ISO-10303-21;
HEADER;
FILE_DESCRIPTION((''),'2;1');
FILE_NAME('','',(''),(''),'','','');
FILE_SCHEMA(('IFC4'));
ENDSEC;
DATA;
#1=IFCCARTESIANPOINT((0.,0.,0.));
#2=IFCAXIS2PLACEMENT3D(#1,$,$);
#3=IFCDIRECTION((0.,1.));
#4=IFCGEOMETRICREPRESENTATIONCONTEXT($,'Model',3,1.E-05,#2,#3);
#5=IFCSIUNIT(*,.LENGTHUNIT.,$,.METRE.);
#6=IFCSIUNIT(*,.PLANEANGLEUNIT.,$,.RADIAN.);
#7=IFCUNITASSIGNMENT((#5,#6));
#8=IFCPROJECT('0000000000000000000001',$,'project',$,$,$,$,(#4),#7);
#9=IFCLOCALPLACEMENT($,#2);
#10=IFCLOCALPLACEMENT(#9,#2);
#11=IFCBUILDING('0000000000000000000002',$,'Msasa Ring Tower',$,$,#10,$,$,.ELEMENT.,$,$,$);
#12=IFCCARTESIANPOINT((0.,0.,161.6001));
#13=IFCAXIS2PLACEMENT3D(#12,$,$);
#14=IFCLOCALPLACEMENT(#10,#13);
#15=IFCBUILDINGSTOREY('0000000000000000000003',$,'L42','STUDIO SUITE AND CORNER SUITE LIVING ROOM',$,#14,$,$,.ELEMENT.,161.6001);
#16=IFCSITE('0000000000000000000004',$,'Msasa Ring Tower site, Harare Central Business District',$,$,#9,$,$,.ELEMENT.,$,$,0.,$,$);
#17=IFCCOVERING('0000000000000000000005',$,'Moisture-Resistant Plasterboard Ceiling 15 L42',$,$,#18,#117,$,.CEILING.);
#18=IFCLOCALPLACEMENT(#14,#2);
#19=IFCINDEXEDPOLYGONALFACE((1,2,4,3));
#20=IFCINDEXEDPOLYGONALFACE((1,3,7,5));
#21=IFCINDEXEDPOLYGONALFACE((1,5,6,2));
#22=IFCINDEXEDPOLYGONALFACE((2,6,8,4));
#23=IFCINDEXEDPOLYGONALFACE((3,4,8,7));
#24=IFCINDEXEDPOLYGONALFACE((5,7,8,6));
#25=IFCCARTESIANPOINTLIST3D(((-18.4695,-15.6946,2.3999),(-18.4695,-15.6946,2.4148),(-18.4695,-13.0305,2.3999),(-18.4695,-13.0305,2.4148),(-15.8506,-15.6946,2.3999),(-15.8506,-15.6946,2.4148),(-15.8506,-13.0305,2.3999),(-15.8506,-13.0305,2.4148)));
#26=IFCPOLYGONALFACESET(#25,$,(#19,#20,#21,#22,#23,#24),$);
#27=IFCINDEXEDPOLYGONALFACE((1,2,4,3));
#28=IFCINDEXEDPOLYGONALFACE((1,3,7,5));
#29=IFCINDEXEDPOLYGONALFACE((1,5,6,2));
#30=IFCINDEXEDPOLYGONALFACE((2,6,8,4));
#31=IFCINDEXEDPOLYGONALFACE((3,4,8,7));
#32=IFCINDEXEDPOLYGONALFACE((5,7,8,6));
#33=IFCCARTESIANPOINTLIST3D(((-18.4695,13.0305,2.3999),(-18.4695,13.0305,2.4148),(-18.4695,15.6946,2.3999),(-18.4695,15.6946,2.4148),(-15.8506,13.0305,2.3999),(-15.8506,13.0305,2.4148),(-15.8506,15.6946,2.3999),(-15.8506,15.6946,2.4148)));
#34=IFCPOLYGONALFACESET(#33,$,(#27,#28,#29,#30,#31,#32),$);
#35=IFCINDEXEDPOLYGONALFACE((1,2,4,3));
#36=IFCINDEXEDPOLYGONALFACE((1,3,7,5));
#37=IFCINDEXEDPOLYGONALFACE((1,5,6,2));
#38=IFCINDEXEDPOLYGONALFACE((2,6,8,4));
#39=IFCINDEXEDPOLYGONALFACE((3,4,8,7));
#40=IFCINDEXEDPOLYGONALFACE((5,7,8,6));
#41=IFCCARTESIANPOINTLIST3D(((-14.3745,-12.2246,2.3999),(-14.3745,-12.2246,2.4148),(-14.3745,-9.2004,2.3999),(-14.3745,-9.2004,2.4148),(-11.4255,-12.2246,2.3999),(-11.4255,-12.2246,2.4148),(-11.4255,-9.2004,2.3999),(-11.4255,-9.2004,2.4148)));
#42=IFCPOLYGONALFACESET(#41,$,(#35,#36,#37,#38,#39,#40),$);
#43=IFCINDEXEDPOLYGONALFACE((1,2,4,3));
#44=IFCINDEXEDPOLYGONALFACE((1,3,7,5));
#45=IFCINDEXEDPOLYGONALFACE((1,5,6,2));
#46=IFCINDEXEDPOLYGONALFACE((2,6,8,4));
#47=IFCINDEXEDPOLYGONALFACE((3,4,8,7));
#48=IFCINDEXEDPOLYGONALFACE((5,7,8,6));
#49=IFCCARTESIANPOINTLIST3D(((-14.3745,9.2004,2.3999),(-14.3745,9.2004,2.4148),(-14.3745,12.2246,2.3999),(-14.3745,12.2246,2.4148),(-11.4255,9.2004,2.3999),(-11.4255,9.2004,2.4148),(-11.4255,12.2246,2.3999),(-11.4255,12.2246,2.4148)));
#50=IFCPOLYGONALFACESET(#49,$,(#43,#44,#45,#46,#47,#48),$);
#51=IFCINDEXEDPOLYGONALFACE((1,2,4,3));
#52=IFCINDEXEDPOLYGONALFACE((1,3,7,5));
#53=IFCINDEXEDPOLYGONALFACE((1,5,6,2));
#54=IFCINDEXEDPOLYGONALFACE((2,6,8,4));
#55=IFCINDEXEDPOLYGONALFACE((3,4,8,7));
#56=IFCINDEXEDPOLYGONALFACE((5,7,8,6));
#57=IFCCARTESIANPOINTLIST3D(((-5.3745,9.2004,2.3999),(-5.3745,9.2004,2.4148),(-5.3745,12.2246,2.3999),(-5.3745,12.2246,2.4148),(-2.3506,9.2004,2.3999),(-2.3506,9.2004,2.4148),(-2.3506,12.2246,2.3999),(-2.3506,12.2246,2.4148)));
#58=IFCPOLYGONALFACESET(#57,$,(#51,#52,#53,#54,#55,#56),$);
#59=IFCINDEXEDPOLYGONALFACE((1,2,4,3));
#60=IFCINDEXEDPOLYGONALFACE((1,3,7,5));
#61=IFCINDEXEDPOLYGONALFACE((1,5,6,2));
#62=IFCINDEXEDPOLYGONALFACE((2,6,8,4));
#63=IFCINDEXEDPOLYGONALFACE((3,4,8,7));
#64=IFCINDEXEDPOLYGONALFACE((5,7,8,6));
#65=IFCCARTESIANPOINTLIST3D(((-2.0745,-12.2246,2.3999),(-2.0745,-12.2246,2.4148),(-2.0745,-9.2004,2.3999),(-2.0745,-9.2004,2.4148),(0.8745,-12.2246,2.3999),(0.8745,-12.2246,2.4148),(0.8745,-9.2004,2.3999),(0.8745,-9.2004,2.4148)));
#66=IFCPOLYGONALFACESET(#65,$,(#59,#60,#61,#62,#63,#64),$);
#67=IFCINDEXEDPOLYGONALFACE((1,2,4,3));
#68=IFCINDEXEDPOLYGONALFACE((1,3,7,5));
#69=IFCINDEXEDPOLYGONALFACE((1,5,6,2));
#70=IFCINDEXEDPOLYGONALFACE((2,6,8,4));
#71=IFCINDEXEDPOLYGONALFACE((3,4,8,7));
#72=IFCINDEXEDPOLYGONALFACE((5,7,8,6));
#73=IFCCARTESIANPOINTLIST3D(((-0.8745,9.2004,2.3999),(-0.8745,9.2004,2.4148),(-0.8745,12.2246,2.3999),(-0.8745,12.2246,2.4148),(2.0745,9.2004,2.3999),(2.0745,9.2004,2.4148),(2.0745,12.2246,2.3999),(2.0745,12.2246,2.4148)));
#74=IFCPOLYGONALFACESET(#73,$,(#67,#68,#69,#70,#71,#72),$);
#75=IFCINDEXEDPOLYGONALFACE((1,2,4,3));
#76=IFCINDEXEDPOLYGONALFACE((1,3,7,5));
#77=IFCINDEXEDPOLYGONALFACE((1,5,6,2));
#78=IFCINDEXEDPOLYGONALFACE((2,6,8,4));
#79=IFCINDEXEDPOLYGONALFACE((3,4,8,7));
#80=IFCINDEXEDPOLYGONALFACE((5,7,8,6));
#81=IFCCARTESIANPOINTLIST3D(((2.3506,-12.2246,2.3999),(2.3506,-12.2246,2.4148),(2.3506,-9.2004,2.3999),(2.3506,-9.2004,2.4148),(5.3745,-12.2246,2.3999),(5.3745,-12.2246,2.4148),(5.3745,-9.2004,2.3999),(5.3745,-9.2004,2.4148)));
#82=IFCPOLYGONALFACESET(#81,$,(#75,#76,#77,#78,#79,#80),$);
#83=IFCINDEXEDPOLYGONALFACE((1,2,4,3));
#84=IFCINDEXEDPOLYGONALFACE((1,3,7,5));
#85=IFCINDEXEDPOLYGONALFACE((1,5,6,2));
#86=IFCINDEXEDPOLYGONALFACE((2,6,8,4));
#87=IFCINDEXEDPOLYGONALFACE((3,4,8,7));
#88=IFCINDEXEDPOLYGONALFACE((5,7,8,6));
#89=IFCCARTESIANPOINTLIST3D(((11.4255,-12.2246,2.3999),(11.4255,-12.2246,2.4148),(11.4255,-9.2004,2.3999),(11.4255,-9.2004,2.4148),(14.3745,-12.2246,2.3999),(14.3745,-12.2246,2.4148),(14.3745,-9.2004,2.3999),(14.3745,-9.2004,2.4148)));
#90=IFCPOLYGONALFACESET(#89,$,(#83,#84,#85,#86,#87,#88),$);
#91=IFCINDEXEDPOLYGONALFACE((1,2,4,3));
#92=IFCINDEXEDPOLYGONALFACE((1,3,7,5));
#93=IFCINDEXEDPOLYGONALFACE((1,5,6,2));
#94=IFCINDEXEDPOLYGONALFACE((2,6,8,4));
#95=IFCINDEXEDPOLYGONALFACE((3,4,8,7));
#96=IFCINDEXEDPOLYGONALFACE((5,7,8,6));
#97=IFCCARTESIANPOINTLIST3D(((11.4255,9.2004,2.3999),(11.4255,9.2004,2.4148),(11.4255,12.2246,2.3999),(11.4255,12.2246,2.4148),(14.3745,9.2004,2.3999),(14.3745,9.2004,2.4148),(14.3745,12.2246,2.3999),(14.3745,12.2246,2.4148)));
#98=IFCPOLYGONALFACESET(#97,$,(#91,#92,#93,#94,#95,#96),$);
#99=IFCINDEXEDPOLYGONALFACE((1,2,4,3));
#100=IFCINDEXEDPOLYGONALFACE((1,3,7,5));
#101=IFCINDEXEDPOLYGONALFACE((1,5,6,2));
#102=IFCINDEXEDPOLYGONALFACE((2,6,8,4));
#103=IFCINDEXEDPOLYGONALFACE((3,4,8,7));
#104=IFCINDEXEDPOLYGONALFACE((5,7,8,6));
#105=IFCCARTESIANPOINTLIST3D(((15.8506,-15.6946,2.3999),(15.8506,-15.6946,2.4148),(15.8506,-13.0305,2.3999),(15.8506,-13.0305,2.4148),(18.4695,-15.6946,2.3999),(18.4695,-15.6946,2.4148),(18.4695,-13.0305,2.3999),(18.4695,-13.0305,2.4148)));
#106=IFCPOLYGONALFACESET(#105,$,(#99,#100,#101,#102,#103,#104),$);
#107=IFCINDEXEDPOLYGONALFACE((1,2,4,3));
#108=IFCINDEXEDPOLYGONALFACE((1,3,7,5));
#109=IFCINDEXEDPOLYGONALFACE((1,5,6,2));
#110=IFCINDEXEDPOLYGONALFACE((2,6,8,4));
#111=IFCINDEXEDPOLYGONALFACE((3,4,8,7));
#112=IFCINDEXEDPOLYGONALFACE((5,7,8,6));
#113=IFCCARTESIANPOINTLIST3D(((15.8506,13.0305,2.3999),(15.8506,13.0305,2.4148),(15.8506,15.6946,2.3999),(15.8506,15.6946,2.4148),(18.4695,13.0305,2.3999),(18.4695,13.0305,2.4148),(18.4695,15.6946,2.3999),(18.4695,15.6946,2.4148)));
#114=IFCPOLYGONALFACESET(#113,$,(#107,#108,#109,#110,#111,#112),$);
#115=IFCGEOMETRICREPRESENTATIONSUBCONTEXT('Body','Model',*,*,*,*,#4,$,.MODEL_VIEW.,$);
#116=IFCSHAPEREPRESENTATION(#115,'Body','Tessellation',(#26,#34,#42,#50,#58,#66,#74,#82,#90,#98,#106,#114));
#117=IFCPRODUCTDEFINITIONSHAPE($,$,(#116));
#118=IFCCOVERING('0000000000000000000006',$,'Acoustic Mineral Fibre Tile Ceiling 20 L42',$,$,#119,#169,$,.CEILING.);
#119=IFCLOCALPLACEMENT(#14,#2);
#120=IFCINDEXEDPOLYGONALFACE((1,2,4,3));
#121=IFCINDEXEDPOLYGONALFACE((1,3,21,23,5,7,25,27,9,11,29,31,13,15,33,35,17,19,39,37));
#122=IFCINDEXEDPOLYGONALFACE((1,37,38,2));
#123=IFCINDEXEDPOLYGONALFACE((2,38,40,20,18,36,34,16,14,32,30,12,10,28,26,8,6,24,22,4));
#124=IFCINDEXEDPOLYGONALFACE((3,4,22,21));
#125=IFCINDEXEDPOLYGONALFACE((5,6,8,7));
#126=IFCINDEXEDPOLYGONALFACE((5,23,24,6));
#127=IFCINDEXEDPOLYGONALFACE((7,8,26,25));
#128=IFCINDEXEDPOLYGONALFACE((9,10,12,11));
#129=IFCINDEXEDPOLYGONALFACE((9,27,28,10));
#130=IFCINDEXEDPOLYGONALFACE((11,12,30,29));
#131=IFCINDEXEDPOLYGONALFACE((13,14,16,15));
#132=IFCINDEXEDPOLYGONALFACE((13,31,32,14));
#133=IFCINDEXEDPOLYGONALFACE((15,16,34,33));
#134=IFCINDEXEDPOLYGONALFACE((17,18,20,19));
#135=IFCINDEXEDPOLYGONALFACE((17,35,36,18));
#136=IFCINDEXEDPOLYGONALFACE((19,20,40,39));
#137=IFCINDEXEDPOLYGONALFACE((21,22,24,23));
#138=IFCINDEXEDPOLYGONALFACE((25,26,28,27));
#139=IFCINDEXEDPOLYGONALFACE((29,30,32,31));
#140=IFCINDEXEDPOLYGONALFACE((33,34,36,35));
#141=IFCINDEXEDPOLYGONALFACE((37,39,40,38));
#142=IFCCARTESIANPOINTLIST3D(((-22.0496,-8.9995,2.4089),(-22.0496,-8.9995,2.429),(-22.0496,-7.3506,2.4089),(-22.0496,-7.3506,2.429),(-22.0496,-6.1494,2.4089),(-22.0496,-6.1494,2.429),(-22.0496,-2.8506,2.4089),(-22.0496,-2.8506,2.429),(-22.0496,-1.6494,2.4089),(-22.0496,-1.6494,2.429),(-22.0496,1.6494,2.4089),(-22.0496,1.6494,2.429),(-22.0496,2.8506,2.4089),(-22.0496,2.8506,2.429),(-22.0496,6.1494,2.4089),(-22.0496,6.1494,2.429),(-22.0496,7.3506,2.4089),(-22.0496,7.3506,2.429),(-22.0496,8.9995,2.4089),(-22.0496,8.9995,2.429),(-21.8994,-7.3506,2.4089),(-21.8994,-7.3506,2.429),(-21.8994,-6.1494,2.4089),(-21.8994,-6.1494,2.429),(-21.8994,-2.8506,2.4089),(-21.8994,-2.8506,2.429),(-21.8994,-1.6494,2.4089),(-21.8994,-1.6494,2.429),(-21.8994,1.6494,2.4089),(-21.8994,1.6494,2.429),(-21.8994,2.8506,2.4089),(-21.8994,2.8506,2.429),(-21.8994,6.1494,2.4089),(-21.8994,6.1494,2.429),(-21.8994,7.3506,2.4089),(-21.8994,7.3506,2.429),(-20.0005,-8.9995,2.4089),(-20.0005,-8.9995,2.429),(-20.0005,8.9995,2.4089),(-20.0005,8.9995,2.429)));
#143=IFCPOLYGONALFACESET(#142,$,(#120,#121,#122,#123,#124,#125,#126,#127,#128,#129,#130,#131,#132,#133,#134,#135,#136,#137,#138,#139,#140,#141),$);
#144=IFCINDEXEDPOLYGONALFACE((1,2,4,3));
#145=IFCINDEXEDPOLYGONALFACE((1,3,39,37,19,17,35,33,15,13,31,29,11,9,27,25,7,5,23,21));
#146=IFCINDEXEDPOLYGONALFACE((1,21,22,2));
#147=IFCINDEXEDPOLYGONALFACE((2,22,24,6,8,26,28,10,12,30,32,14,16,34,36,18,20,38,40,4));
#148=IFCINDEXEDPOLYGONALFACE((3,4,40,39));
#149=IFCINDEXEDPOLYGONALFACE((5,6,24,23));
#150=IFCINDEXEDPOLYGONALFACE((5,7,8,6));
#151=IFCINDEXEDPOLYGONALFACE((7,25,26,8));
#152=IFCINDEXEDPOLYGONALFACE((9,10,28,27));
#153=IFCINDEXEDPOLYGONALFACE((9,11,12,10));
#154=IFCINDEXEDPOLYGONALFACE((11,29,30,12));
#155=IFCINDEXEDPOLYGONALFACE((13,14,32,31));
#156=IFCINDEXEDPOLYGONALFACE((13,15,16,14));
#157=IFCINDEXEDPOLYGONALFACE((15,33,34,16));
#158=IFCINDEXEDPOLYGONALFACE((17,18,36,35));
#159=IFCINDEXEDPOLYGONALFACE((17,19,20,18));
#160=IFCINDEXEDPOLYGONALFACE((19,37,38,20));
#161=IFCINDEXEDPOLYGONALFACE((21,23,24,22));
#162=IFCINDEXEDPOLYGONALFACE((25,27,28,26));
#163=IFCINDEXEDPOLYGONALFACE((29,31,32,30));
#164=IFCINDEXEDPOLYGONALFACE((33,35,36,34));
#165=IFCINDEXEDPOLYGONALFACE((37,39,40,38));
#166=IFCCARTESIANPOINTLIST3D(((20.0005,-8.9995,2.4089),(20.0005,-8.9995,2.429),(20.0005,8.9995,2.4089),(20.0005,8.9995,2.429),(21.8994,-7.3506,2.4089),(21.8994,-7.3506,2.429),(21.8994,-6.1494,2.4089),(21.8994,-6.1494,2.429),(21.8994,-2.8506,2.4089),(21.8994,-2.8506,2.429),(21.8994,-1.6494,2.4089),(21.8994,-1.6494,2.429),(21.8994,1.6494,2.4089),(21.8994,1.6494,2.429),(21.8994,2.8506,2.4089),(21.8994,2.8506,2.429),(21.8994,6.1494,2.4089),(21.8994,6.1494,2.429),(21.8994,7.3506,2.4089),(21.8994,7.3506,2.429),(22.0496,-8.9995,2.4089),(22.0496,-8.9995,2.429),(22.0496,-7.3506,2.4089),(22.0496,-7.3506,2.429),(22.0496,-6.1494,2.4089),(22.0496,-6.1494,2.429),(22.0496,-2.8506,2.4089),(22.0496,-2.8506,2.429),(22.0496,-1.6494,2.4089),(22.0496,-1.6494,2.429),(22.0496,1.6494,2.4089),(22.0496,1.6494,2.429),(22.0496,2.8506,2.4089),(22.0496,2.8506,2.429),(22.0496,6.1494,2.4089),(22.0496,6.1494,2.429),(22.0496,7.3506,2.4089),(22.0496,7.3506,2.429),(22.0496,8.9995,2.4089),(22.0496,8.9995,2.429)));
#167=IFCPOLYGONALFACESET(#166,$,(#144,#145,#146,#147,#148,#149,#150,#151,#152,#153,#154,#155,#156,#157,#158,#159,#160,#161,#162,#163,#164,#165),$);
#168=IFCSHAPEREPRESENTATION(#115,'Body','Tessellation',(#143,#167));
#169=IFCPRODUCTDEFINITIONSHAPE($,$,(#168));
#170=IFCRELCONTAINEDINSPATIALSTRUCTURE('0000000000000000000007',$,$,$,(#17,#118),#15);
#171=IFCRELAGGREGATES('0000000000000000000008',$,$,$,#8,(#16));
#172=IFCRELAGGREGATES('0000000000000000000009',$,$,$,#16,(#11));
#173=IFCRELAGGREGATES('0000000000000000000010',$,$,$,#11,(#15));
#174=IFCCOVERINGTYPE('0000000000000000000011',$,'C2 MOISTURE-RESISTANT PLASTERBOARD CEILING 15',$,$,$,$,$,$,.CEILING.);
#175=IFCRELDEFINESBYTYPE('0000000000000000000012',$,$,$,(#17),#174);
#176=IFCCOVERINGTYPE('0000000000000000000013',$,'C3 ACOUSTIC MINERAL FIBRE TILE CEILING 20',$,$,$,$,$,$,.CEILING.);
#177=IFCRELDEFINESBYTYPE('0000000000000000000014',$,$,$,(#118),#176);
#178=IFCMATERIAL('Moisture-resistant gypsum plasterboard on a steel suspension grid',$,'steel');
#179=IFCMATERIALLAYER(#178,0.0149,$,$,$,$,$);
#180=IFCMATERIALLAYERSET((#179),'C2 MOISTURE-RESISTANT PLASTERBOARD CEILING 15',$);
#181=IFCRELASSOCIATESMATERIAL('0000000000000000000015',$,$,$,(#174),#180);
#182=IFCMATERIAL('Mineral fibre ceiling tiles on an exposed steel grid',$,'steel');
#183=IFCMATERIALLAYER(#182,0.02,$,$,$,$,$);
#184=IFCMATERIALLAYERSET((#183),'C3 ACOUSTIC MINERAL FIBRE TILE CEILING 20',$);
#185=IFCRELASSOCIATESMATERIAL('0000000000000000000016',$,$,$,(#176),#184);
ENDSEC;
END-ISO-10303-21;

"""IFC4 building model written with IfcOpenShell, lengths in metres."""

from ifc_helpers import new_model, si_unit, direction, frame, origin, place, context, subcontext, project, spatial, line, indexed_curve, outline, extrude, material, layer, layer_set, type_object, element, save


model = new_model("IFC4")

# Units and contexts
model_context = context("Model", 3, precision=1e-05, world=origin(), true_north=direction((0.0, 1.0)))
body_context = subcontext(model_context, "Body", "Model", "MODEL_VIEW")
ifc_project = project(units=[si_unit("LENGTHUNIT", "METRE"), si_unit("PLANEANGLEUNIT", "RADIAN")], contexts=[model_context])

# Site, building, storey
site_placement = place(None, origin())
site = spatial("IfcSite", under=ifc_project, at=site_placement, Name="Msasa Ring Tower site, Harare Central Business District", CompositionType="ELEMENT", RefElevation=0.0)
building_placement = place(site_placement, origin())
building = spatial("IfcBuilding", under=site, at=building_placement, Name="Msasa Ring Tower", CompositionType="ELEMENT")
storey_placement = place(building_placement, frame((0.0, 0.0, 161.6001)))
storey = spatial("IfcBuildingStorey", under=building, at=storey_placement, Name="L42", Description="STUDIO SUITE AND CORNER SUITE LIVING ROOM", CompositionType="ELEMENT", Elevation=161.6001)

# Coverings
ifc_material_1 = material(Name="Moisture-resistant gypsum plasterboard on a steel suspension grid", Category="steel")
ifc_layer_1 = layer(ifc_material_1, 0.0149)
ifc_layer_set_1 = layer_set([ifc_layer_1], Name="C2 MOISTURE-RESISTANT PLASTERBOARD CEILING 15")
covering_type_1 = type_object("IfcCoveringType", Name="C2 MOISTURE-RESISTANT PLASTERBOARD CEILING 15", PredefinedType="CEILING", material=ifc_layer_set_1)
covering_1_placement = place(storey_placement, frame((0.0, 0.0, 2.3999)))
element("IfcCovering", 1, at=covering_1_placement, inside=storey, type_object=covering_type_1, Name="Moisture-Resistant Plasterboard Ceiling 15 L42", PredefinedType="CEILING", context=body_context, shape_type="SweptSolid", body=[
    extrude(outline(indexed_curve([(-18.4695, -15.6946), (-18.4695, -13.0305), (-15.8506, -13.0305), (-15.8506, -15.6946)], segments=[line(1, 2, 3, 4, 1)], self_intersect=False)), origin(), (0.0, 0.0, 1.0), 0.0149),
    extrude(outline(indexed_curve([(-18.4695, 15.6946), (-15.8506, 15.6946), (-15.8506, 13.0305), (-18.4695, 13.0305)], segments=[line(1, 2, 3, 4, 1)], self_intersect=False)), origin(), (0.0, 0.0, 1.0), 0.0149),
    extrude(outline(indexed_curve([(-11.4255, -9.2004), (-11.4255, -12.2246), (-14.3745, -12.2246), (-14.3745, -9.2004)], segments=[line(1, 2, 3, 4, 1)], self_intersect=False)), origin(), (0.0, 0.0, 1.0), 0.0149),
    extrude(outline(indexed_curve([(-14.3745, 9.2004), (-14.3745, 12.2246), (-11.4255, 12.2246), (-11.4255, 9.2004)], segments=[line(1, 2, 3, 4, 1)], self_intersect=False)), origin(), (0.0, 0.0, 1.0), 0.0149),
    extrude(outline(indexed_curve([(-2.3506, 9.2004), (-5.3745, 9.2004), (-5.3745, 12.2246), (-2.3506, 12.2246)], segments=[line(1, 2, 3, 4, 1)], self_intersect=False)), origin(), (0.0, 0.0, 1.0), 0.0149),
    extrude(outline(indexed_curve([(0.8745, -9.2004), (0.8745, -12.2246), (-2.0745, -12.2246), (-2.0745, -9.2004)], segments=[line(1, 2, 3, 4, 1)], self_intersect=False)), origin(), (0.0, 0.0, 1.0), 0.0149),
    extrude(outline(indexed_curve([(-0.8745, 9.2004), (-0.8745, 12.2246), (2.0745, 12.2246), (2.0745, 9.2004)], segments=[line(1, 2, 3, 4, 1)], self_intersect=False)), origin(), (0.0, 0.0, 1.0), 0.0149),
    extrude(outline(indexed_curve([(2.3506, -9.2004), (5.3745, -9.2004), (5.3745, -12.2246), (2.3506, -12.2246)], segments=[line(1, 2, 3, 4, 1)], self_intersect=False)), origin(), (0.0, 0.0, 1.0), 0.0149),
    extrude(outline(indexed_curve([(14.3745, -9.2004), (14.3745, -12.2246), (11.4255, -12.2246), (11.4255, -9.2004)], segments=[line(1, 2, 3, 4, 1)], self_intersect=False)), origin(), (0.0, 0.0, 1.0), 0.0149),
    extrude(outline(indexed_curve([(11.4255, 9.2004), (11.4255, 12.2246), (14.3745, 12.2246), (14.3745, 9.2004)], segments=[line(1, 2, 3, 4, 1)], self_intersect=False)), origin(), (0.0, 0.0, 1.0), 0.0149),
    extrude(outline(indexed_curve([(15.8506, -15.6946), (15.8506, -13.0305), (18.4695, -13.0305), (18.4695, -15.6946)], segments=[line(1, 2, 3, 4, 1)], self_intersect=False)), origin(), (0.0, 0.0, 1.0), 0.0149),
    extrude(outline(indexed_curve([(15.8506, 15.6946), (18.4695, 15.6946), (18.4695, 13.0305), (15.8506, 13.0305)], segments=[line(1, 2, 3, 4, 1)], self_intersect=False)), origin(), (0.0, 0.0, 1.0), 0.0149),
])
ifc_material_2 = material(Name="Mineral fibre ceiling tiles on an exposed steel grid", Category="steel")
ifc_layer_2 = layer(ifc_material_2, 0.02)
ifc_layer_set_2 = layer_set([ifc_layer_2], Name="C3 ACOUSTIC MINERAL FIBRE TILE CEILING 20")
covering_type_2 = type_object("IfcCoveringType", Name="C3 ACOUSTIC MINERAL FIBRE TILE CEILING 20", PredefinedType="CEILING", material=ifc_layer_set_2)
covering_2_placement = place(storey_placement, frame((0.0, 0.0, 2.4089)))
element("IfcCovering", 2, at=covering_2_placement, inside=storey, type_object=covering_type_2, Name="Acoustic Mineral Fibre Tile Ceiling 20 L42", PredefinedType="CEILING", context=body_context, shape_type="SweptSolid", body=[
    extrude(outline(indexed_curve([(-22.0496, -8.9995), (-22.0496, -7.3506), (-21.8994, -7.3506), (-21.8994, -6.1494), (-22.0496, -6.1494), (-22.0496, -2.8506), (-21.8994, -2.8506), (-21.8994, -1.6494), (-22.0496, -1.6494), (-22.0496, 1.6494), (-21.8994, 1.6494), (-21.8994, 2.8506), (-22.0496, 2.8506), (-22.0496, 6.1494), (-21.8994, 6.1494), (-21.8994, 7.3506), (-22.0496, 7.3506), (-22.0496, 8.9995), (-20.0005, 8.9995), (-20.0005, -8.9995)], segments=[line(1, 2, 3, 4, 5, 6, 7, 8, 9, 10, 11, 12, 13, 14, 15, 16, 17, 18, 19, 20, 1)], self_intersect=False)), origin(), (0.0, 0.0, 1.0), 0.02),
    extrude(outline(indexed_curve([(20.0005, 8.9995), (22.0496, 8.9995), (22.0496, 7.3506), (21.8994, 7.3506), (21.8994, 6.1494), (22.0496, 6.1494), (22.0496, 2.8506), (21.8994, 2.8506), (21.8994, 1.6494), (22.0496, 1.6494), (22.0496, -1.6494), (21.8994, -1.6494), (21.8994, -2.8506), (22.0496, -2.8506), (22.0496, -6.1494), (21.8994, -6.1494), (21.8994, -7.3506), (22.0496, -7.3506), (22.0496, -8.9995), (20.0005, -8.9995)], segments=[line(1, 2, 3, 4, 5, 6, 7, 8, 9, 10, 11, 12, 13, 14, 15, 16, 17, 18, 19, 20, 1)], self_intersect=False)), origin(), (0.0, 0.0, 1.0), 0.02),
])

save(model, "model.ifc")
